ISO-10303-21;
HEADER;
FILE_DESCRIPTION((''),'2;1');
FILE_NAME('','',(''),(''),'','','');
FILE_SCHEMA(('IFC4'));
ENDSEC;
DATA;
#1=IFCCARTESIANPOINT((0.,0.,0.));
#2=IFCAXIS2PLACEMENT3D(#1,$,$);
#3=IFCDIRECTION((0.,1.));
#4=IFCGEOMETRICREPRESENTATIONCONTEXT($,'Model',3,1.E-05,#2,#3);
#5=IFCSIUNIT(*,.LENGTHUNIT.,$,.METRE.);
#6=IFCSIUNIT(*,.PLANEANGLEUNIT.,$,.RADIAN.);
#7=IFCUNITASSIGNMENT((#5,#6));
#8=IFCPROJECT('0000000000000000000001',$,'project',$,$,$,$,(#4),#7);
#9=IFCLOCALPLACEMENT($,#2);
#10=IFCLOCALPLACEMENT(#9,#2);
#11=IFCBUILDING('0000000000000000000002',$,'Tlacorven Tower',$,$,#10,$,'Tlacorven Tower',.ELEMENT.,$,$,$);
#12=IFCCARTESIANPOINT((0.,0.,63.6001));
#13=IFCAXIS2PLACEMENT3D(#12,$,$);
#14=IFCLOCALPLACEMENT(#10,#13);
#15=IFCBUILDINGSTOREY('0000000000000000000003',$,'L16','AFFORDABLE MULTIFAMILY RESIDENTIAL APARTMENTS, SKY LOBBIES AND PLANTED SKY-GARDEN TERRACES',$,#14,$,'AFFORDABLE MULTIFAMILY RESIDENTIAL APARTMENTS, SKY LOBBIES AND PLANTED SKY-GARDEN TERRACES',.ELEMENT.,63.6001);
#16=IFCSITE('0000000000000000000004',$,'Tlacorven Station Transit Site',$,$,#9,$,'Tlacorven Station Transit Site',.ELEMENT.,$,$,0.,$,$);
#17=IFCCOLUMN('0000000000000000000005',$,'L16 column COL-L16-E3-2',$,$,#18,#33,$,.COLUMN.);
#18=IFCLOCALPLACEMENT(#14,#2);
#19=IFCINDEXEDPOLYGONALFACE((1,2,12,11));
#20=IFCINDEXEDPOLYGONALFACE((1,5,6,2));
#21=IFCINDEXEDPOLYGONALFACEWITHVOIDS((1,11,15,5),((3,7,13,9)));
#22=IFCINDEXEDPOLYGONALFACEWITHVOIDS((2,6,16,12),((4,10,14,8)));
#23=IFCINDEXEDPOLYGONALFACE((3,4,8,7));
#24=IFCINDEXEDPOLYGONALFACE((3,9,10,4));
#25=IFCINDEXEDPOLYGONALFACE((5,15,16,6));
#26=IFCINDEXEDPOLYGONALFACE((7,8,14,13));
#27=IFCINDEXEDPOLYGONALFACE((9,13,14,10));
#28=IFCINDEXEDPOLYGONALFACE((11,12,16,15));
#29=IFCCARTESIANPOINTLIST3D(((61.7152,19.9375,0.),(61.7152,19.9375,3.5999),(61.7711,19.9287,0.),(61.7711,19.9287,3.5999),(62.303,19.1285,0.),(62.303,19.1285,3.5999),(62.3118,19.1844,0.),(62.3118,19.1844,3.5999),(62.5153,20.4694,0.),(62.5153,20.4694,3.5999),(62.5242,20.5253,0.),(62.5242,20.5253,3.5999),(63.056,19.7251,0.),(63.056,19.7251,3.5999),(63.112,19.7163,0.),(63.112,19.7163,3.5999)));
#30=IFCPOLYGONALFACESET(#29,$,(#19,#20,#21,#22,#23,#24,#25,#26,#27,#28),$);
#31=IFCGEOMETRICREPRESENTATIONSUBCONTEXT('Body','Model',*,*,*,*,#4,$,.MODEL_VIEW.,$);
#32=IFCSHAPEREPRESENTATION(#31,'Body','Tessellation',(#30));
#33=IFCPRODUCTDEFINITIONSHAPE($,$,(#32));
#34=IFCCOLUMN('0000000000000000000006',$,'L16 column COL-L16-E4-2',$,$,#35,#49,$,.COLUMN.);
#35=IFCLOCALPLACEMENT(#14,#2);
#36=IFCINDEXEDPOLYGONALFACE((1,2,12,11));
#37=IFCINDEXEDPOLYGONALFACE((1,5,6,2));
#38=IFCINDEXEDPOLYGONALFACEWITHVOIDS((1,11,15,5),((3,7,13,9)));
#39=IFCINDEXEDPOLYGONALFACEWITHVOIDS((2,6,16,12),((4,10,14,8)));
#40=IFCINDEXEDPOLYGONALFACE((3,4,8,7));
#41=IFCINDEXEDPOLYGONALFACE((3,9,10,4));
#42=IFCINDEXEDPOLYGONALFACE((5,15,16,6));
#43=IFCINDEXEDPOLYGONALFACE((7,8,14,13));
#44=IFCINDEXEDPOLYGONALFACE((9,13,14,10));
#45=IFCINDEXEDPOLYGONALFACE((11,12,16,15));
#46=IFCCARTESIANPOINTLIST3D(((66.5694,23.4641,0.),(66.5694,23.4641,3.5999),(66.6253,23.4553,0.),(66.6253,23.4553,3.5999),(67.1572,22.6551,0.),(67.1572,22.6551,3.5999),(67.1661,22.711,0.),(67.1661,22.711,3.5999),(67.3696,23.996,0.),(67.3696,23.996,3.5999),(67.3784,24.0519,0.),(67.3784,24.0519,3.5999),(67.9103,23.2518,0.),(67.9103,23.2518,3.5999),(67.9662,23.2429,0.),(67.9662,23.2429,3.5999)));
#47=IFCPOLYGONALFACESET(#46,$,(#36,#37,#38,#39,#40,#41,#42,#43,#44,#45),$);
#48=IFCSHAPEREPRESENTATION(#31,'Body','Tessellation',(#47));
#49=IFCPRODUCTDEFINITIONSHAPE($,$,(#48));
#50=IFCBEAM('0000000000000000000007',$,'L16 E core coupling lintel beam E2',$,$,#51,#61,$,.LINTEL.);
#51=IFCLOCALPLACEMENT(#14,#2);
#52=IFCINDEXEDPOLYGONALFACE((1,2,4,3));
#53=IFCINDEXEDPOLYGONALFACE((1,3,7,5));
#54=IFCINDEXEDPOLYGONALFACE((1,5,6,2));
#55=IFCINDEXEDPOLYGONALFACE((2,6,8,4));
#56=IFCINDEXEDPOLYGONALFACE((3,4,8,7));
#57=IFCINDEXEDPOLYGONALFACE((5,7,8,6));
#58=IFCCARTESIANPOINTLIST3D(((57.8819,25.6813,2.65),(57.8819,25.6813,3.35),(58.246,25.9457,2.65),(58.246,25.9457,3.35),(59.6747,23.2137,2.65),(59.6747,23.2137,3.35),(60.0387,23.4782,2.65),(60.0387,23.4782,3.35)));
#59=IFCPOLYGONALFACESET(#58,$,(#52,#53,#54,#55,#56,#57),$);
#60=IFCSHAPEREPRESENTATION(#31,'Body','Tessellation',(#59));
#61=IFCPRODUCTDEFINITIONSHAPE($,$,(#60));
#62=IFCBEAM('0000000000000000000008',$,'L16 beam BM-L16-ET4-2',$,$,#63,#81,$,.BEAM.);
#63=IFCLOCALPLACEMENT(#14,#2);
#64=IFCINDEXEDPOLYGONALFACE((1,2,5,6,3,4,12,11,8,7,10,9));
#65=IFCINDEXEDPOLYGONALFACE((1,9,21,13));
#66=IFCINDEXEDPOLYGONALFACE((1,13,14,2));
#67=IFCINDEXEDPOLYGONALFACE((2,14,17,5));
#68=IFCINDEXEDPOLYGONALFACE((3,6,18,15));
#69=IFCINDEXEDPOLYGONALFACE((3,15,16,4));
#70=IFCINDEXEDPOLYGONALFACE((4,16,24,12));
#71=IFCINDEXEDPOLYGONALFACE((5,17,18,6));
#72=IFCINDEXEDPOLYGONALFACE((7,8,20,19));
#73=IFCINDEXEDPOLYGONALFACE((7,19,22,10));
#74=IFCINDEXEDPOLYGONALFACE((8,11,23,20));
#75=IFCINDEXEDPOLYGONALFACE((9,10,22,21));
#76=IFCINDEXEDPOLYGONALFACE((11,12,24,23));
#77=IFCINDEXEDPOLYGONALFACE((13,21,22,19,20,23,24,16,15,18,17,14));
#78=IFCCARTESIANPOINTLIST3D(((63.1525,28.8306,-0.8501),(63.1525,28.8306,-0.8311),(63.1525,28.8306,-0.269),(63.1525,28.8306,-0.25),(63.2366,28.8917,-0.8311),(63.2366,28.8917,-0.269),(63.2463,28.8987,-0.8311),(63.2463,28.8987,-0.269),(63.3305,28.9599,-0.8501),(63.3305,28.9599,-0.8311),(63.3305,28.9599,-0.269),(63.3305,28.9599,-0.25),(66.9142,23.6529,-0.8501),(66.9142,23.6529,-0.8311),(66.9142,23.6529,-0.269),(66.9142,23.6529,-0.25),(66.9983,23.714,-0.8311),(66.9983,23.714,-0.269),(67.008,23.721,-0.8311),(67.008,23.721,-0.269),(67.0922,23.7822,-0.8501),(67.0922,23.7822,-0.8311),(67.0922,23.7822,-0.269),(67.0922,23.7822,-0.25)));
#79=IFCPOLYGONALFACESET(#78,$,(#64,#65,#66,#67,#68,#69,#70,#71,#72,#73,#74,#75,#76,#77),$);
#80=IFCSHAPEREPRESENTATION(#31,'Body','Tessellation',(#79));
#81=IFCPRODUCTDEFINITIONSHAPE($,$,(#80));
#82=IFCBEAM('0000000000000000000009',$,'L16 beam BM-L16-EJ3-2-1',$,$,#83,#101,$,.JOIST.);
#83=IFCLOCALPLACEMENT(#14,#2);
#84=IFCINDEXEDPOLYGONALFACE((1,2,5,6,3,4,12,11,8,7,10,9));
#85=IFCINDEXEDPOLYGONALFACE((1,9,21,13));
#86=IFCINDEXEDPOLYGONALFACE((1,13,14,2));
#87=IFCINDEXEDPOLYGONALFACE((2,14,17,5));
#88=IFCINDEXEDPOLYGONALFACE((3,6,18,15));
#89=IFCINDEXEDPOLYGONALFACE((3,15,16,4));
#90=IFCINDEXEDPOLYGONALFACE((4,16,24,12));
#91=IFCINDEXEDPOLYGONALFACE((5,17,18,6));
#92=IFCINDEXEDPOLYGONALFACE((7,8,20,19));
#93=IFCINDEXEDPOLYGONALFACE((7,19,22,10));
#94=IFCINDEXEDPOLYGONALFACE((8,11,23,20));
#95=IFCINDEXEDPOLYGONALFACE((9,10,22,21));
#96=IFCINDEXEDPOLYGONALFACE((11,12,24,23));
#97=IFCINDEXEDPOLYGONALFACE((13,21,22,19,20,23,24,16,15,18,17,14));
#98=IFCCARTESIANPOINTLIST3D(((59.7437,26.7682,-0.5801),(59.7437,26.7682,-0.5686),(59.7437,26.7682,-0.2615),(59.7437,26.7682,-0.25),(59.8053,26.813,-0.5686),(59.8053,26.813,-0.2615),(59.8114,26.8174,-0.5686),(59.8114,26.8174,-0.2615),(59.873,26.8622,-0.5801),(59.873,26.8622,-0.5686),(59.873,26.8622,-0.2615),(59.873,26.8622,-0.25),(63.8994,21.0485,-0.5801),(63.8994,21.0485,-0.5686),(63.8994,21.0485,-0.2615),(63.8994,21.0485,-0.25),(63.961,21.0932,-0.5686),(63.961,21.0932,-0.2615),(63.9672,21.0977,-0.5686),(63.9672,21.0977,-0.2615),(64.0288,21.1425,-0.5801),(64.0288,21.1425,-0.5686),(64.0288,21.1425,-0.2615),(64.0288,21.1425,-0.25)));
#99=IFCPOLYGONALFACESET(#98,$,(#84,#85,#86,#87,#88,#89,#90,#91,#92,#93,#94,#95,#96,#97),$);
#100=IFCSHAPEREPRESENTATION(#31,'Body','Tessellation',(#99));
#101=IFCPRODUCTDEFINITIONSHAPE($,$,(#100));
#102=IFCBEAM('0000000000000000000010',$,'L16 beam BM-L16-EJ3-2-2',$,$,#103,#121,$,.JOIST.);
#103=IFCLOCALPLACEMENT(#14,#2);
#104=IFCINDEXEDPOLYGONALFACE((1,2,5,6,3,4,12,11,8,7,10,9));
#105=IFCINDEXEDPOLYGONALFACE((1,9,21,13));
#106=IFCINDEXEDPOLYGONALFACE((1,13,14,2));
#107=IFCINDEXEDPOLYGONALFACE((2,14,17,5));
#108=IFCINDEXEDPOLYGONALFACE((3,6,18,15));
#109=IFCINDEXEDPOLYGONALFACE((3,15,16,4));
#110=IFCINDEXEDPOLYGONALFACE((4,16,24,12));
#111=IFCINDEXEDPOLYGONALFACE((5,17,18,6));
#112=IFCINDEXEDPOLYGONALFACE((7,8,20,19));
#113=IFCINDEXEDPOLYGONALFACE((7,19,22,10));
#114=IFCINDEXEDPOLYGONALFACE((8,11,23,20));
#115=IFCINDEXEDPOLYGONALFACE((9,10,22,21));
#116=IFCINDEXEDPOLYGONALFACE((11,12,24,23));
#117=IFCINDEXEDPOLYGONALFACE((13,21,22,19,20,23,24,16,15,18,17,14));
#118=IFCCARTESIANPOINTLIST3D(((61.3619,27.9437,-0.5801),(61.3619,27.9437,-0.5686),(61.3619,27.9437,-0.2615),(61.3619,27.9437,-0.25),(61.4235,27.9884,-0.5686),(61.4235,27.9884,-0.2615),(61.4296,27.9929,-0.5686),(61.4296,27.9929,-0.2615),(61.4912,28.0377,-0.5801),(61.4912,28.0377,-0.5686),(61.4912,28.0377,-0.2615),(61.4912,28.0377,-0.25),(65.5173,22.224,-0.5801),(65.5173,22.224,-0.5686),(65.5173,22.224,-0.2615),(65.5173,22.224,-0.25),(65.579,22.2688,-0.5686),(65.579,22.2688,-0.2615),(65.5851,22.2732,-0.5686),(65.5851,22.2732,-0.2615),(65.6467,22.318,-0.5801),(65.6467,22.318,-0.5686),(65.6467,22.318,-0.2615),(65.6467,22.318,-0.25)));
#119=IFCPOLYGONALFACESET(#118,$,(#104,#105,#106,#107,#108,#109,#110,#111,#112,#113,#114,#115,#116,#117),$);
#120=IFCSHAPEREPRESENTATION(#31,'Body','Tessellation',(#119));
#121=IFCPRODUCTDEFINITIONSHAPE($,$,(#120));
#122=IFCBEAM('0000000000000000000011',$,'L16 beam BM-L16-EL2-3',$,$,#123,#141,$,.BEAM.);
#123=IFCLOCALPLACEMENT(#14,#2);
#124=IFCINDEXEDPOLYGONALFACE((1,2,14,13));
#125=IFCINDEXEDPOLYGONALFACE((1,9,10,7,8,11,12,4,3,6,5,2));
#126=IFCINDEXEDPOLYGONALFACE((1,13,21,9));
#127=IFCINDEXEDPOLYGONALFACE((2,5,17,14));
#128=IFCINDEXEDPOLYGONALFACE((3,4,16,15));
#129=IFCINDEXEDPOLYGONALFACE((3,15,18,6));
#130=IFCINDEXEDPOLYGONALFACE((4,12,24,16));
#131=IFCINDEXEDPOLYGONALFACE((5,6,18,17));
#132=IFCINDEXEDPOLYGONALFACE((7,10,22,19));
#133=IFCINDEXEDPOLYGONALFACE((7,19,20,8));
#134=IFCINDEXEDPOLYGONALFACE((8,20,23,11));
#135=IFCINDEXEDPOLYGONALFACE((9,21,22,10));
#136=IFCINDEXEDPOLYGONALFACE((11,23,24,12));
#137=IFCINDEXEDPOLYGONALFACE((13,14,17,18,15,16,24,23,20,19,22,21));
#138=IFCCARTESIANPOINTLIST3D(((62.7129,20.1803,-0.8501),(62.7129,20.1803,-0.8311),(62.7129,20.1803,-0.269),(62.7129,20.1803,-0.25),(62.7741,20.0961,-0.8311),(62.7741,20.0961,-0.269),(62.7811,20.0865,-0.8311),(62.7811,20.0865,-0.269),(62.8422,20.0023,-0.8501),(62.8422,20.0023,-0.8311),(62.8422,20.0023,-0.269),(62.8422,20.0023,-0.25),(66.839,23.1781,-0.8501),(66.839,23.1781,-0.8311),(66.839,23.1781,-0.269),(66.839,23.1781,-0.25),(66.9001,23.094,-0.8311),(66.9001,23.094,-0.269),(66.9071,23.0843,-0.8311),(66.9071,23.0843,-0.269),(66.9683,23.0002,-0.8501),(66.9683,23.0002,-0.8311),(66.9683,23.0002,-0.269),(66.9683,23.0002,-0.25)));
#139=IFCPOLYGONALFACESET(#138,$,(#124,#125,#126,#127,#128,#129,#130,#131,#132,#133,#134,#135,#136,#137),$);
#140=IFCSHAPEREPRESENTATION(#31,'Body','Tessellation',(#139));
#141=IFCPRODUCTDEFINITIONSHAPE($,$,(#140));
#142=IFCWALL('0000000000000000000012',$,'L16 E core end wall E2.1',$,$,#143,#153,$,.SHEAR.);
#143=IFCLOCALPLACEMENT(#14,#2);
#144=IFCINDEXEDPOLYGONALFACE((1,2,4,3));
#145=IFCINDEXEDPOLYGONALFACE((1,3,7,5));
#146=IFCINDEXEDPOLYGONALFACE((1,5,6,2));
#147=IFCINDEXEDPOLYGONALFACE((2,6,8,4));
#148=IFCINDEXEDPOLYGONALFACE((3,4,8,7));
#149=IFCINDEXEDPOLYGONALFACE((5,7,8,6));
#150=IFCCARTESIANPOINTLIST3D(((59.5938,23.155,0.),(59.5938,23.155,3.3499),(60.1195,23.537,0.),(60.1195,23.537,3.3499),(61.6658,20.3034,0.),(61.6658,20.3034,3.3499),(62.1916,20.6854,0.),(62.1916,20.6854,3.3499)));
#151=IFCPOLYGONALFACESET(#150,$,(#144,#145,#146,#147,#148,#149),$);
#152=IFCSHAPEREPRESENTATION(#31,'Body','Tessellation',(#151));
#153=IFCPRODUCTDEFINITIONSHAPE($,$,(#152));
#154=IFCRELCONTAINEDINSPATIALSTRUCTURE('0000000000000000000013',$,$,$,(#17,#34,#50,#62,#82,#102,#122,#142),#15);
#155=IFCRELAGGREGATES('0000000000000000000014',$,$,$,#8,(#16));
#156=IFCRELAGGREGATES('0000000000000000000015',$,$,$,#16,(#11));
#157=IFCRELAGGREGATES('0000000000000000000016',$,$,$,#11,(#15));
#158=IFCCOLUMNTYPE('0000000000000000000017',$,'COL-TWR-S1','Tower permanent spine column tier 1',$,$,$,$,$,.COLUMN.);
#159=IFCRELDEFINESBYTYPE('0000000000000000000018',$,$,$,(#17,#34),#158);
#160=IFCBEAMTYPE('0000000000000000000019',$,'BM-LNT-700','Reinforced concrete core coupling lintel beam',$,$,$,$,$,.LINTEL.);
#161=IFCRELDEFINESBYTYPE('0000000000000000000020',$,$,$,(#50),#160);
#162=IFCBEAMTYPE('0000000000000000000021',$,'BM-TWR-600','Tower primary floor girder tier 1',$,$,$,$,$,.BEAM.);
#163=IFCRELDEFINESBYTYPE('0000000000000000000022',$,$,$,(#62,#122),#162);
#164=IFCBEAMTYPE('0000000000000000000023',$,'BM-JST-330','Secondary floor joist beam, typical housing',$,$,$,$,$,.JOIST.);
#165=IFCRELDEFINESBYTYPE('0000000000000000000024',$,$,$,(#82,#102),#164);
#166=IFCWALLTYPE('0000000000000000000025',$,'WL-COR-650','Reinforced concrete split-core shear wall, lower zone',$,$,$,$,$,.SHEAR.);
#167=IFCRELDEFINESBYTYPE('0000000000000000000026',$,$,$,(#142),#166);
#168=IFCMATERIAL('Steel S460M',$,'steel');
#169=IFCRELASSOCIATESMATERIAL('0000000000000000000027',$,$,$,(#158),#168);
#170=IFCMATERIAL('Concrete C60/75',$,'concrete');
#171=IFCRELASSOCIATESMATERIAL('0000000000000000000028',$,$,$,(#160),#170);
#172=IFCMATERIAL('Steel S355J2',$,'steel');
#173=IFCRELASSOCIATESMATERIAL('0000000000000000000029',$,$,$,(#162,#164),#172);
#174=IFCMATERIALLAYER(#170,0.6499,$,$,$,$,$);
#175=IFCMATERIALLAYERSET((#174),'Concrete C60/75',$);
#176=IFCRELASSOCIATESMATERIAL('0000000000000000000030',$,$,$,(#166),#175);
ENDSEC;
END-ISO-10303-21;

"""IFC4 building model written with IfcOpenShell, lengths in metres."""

from ifc_helpers import new_model, si_unit, direction, frame, frame_2d, origin, origin_2d, place, context, subcontext, project, spatial, rectangle, hollow_rectangle, i_section, extrude, source, transform, mapped, material, layer, layer_set, material_profile, profile_set, type_object, element, save


model = new_model("IFC4")

# Units and contexts
model_context = context("Model", 3, precision=1e-05, world=origin(), true_north=direction((0.0, 1.0)))
body_context = subcontext(model_context, "Body", "Model", "MODEL_VIEW")
ifc_project = project(units=[si_unit("LENGTHUNIT", "METRE"), si_unit("PLANEANGLEUNIT", "RADIAN")], contexts=[model_context])

# Site, building, storey
site_placement = place(None, origin())
site = spatial("IfcSite", under=ifc_project, at=site_placement, Name="Tlacorven Station Transit Site", LongName="Tlacorven Station Transit Site", CompositionType="ELEMENT", RefElevation=0.0)
building_placement = place(site_placement, origin())
building = spatial("IfcBuilding", under=site, at=building_placement, Name="Tlacorven Tower", LongName="Tlacorven Tower", CompositionType="ELEMENT")
storey_placement = place(building_placement, frame((0.0, 0.0, 63.6001)))
storey = spatial("IfcBuildingStorey", under=building, at=storey_placement, Name="L16", Description="AFFORDABLE MULTIFAMILY RESIDENTIAL APARTMENTS, SKY LOBBIES AND PLANTED SKY-GARDEN TERRACES", LongName="AFFORDABLE MULTIFAMILY RESIDENTIAL APARTMENTS, SKY LOBBIES AND PLANTED SKY-GARDEN TERRACES", CompositionType="ELEMENT", Elevation=63.6001)

# Columns
ifc_material_1 = material(Name="Steel S460M", Category="steel")
ifc_material_profile_1 = material_profile(ifc_material_1, hollow_rectangle(XDim=1.0, YDim=1.0, WallThickness=0.04, at=origin_2d()), Name="BOX 1000X1000X40")
ifc_profile_set_1 = profile_set([ifc_material_profile_1], Name="Steel S460M")
column_type = type_object("IfcColumnType", Name="COL-TWR-S1", Description="Tower permanent spine column tier 1", PredefinedType="COLUMN", material=ifc_profile_set_1)
shared_shape_1 = source(origin(), body_context, "Body", "SweptSolid", [
    extrude(hollow_rectangle(XDim=1.0, YDim=1.0, WallThickness=0.04, at=origin_2d()), origin(), (0.0, 0.0, 1.0), 3.5999),
])
for number, where, z_axis, x_axis, name in (
    (1, (62.4136, 19.8269, 0.0), (0.0, 0.0, 1.0), (0.809017, 0.587785, 0.0), "L16 column COL-L16-E3-2"),
    (2, (67.2678, 23.3535, 0.0), (0.0, 0.0, 1.0), (0.809017, 0.587785, 0.0), "L16 column COL-L16-E4-2"),
):
    element("IfcColumn", number, at=place(storey_placement, frame(where, z_axis=z_axis, x_axis=x_axis)), inside=storey, type_object=column_type, Name=name, PredefinedType="COLUMN", context=body_context, shape_type="MappedRepresentation", body=[
        mapped(shared_shape_1, transform((0.0, 0.0, 0.0), scale=1.0)),
    ])

# Beams
ifc_material_2 = material(Name="Concrete C60/75", Category="concrete")
ifc_material_profile_2 = material_profile(ifc_material_2, rectangle(XDim=0.45, YDim=0.7, at=origin_2d()), Name="RC 450X700")
ifc_profile_set_2 = profile_set([ifc_material_profile_2], Name="Concrete C60/75")
beam_type_1 = type_object("IfcBeamType", Name="BM-LNT-700", Description="Reinforced concrete core coupling lintel beam", PredefinedType="LINTEL", material=ifc_profile_set_2)
shared_shape_2 = source(origin(), body_context, "Body", "SweptSolid", [
    extrude(rectangle(XDim=0.45, YDim=0.7, at=origin_2d()), origin(), (0.0, 0.0, 1.0), 3.05),
])
beam_1_placement = place(storey_placement, frame((59.8567, 23.3459, 3.0), z_axis=(-0.587777, 0.809023, 0.0), x_axis=(-0.809023, -0.587777, 0.0)))
element("IfcBeam", 3, at=beam_1_placement, inside=storey, type_object=beam_type_1, Name="L16 E core coupling lintel beam E2", PredefinedType="LINTEL", context=body_context, shape_type="MappedRepresentation", body=[
    mapped(shared_shape_2, transform((0.0, 0.0, 0.0), scale=1.0)),
])
ifc_material_3 = material(Name="Steel S355J2", Category="steel")
ifc_material_profile_3 = material_profile(ifc_material_3, i_section(OverallWidth=0.22, OverallDepth=0.6001, WebThickness=0.012, FlangeThickness=0.019, at=origin_2d()), Name="IPE 600")
ifc_profile_set_3 = profile_set([ifc_material_profile_3], Name="Steel S355J2")
beam_type_2 = type_object("IfcBeamType", Name="BM-TWR-600", Description="Tower primary floor girder tier 1", PredefinedType="BEAM", material=ifc_profile_set_3)
shared_shape_3 = source(origin(), body_context, "Body", "SweptSolid", [
    extrude(i_section(OverallWidth=0.22, OverallDepth=0.6001, WebThickness=0.012, FlangeThickness=0.019, at=origin_2d()), origin(), (0.0, 0.0, 1.0), 6.3999),
])
beam_2_placement = place(storey_placement, frame((67.0032, 23.7175, -0.55), z_axis=(-0.587772, 0.809026, 0.0), x_axis=(-0.809026, -0.587772, 0.0)))
element("IfcBeam", 4, at=beam_2_placement, inside=storey, type_object=beam_type_2, Name="L16 beam BM-L16-ET4-2", PredefinedType="BEAM", context=body_context, shape_type="MappedRepresentation", body=[
    mapped(shared_shape_3, transform((0.0, 0.0, 0.0), scale=1.0)),
])
ifc_material_profile_4 = material_profile(ifc_material_3, i_section(OverallWidth=0.1599, OverallDepth=0.3301, WebThickness=0.0076, FlangeThickness=0.0115, at=origin_2d()), Name="IPE 330")
ifc_profile_set_4 = profile_set([ifc_material_profile_4], Name="Steel S355J2")
beam_type_3 = type_object("IfcBeamType", Name="BM-JST-330", Description="Secondary floor joist beam, typical housing", PredefinedType="JOIST", material=ifc_profile_set_4)
shared_shape_4 = source(origin(), body_context, "Body", "SweptSolid", [
    extrude(i_section(OverallWidth=0.1599, OverallDepth=0.3301, WebThickness=0.0076, FlangeThickness=0.0115, at=origin_2d()), origin(), (0.0, 0.0, 1.0), 7.0701),
])
beam_3_placement = place(storey_placement, frame((63.9641, 21.0955, -0.415), z_axis=(-0.587798, 0.809008, 0.0), x_axis=(-0.809008, -0.587798, 0.0)))
element("IfcBeam", 5, at=beam_3_placement, inside=storey, type_object=beam_type_3, Name="L16 beam BM-L16-EJ3-2-1", PredefinedType="JOIST", context=body_context, shape_type="MappedRepresentation", body=[
    mapped(shared_shape_4, transform((0.0, 0.0, 0.0), scale=1.0)),
])
shared_shape_5 = source(origin(), body_context, "Body", "SweptSolid", [
    extrude(i_section(OverallWidth=0.1599, OverallDepth=0.3301, WebThickness=0.0076, FlangeThickness=0.0115, at=origin_2d()), origin(), (0.0, 0.0, 1.0), 7.0698),
])
beam_4_placement = place(storey_placement, frame((65.582, 22.271, -0.415), z_axis=(-0.587775, 0.809024, 0.0), x_axis=(-0.809024, -0.587775, 0.0)))
element("IfcBeam", 6, at=beam_4_placement, inside=storey, type_object=beam_type_3, Name="L16 beam BM-L16-EJ3-2-2", PredefinedType="JOIST", context=body_context, shape_type="MappedRepresentation", body=[
    mapped(shared_shape_5, transform((0.0, 0.0, 0.0), scale=1.0)),
])
shared_shape_6 = source(origin(), body_context, "Body", "SweptSolid", [
    extrude(i_section(OverallWidth=0.22, OverallDepth=0.6001, WebThickness=0.012, FlangeThickness=0.019, at=origin_2d()), origin(), (0.0, 0.0, 1.0), 5.1001),
])
beam_5_placement = place(storey_placement, frame((62.7776, 20.0913, -0.55), z_axis=(0.809007, 0.587799, 0.0), x_axis=(-0.587799, 0.809007, 0.0)))
element("IfcBeam", 7, at=beam_5_placement, inside=storey, type_object=beam_type_2, Name="L16 beam BM-L16-EL2-3", PredefinedType="BEAM", context=body_context, shape_type="MappedRepresentation", body=[
    mapped(shared_shape_6, transform((0.0, 0.0, 0.0), scale=1.0)),
])

# Wall
ifc_layer_1 = layer(ifc_material_2, 0.6499)
ifc_layer_set_1 = layer_set([ifc_layer_1], Name="Concrete C60/75")
wall_type_1 = type_object("IfcWallType", Name="WL-COR-650", Description="Reinforced concrete split-core shear wall, lower zone", PredefinedType="SHEAR", material=ifc_layer_set_1)
wall_1_placement = place(storey_placement, frame((61.9287, 20.4944, 0.0), z_axis=(0.0, 0.0, 1.0), x_axis=(-0.58783, 0.808985, 0.0)))
element("IfcWall", 8, at=wall_1_placement, inside=storey, type_object=wall_type_1, Name="L16 E core end wall E2.1", PredefinedType="SHEAR", context=body_context, shape_type="SweptSolid", body=[
    extrude(rectangle(XDim=3.5249, YDim=0.6499, at=frame_2d((1.7625, 0.0))), origin(), (0.0, 0.0, 1.0), 3.3499),
])

save(model, "model.ifc")
